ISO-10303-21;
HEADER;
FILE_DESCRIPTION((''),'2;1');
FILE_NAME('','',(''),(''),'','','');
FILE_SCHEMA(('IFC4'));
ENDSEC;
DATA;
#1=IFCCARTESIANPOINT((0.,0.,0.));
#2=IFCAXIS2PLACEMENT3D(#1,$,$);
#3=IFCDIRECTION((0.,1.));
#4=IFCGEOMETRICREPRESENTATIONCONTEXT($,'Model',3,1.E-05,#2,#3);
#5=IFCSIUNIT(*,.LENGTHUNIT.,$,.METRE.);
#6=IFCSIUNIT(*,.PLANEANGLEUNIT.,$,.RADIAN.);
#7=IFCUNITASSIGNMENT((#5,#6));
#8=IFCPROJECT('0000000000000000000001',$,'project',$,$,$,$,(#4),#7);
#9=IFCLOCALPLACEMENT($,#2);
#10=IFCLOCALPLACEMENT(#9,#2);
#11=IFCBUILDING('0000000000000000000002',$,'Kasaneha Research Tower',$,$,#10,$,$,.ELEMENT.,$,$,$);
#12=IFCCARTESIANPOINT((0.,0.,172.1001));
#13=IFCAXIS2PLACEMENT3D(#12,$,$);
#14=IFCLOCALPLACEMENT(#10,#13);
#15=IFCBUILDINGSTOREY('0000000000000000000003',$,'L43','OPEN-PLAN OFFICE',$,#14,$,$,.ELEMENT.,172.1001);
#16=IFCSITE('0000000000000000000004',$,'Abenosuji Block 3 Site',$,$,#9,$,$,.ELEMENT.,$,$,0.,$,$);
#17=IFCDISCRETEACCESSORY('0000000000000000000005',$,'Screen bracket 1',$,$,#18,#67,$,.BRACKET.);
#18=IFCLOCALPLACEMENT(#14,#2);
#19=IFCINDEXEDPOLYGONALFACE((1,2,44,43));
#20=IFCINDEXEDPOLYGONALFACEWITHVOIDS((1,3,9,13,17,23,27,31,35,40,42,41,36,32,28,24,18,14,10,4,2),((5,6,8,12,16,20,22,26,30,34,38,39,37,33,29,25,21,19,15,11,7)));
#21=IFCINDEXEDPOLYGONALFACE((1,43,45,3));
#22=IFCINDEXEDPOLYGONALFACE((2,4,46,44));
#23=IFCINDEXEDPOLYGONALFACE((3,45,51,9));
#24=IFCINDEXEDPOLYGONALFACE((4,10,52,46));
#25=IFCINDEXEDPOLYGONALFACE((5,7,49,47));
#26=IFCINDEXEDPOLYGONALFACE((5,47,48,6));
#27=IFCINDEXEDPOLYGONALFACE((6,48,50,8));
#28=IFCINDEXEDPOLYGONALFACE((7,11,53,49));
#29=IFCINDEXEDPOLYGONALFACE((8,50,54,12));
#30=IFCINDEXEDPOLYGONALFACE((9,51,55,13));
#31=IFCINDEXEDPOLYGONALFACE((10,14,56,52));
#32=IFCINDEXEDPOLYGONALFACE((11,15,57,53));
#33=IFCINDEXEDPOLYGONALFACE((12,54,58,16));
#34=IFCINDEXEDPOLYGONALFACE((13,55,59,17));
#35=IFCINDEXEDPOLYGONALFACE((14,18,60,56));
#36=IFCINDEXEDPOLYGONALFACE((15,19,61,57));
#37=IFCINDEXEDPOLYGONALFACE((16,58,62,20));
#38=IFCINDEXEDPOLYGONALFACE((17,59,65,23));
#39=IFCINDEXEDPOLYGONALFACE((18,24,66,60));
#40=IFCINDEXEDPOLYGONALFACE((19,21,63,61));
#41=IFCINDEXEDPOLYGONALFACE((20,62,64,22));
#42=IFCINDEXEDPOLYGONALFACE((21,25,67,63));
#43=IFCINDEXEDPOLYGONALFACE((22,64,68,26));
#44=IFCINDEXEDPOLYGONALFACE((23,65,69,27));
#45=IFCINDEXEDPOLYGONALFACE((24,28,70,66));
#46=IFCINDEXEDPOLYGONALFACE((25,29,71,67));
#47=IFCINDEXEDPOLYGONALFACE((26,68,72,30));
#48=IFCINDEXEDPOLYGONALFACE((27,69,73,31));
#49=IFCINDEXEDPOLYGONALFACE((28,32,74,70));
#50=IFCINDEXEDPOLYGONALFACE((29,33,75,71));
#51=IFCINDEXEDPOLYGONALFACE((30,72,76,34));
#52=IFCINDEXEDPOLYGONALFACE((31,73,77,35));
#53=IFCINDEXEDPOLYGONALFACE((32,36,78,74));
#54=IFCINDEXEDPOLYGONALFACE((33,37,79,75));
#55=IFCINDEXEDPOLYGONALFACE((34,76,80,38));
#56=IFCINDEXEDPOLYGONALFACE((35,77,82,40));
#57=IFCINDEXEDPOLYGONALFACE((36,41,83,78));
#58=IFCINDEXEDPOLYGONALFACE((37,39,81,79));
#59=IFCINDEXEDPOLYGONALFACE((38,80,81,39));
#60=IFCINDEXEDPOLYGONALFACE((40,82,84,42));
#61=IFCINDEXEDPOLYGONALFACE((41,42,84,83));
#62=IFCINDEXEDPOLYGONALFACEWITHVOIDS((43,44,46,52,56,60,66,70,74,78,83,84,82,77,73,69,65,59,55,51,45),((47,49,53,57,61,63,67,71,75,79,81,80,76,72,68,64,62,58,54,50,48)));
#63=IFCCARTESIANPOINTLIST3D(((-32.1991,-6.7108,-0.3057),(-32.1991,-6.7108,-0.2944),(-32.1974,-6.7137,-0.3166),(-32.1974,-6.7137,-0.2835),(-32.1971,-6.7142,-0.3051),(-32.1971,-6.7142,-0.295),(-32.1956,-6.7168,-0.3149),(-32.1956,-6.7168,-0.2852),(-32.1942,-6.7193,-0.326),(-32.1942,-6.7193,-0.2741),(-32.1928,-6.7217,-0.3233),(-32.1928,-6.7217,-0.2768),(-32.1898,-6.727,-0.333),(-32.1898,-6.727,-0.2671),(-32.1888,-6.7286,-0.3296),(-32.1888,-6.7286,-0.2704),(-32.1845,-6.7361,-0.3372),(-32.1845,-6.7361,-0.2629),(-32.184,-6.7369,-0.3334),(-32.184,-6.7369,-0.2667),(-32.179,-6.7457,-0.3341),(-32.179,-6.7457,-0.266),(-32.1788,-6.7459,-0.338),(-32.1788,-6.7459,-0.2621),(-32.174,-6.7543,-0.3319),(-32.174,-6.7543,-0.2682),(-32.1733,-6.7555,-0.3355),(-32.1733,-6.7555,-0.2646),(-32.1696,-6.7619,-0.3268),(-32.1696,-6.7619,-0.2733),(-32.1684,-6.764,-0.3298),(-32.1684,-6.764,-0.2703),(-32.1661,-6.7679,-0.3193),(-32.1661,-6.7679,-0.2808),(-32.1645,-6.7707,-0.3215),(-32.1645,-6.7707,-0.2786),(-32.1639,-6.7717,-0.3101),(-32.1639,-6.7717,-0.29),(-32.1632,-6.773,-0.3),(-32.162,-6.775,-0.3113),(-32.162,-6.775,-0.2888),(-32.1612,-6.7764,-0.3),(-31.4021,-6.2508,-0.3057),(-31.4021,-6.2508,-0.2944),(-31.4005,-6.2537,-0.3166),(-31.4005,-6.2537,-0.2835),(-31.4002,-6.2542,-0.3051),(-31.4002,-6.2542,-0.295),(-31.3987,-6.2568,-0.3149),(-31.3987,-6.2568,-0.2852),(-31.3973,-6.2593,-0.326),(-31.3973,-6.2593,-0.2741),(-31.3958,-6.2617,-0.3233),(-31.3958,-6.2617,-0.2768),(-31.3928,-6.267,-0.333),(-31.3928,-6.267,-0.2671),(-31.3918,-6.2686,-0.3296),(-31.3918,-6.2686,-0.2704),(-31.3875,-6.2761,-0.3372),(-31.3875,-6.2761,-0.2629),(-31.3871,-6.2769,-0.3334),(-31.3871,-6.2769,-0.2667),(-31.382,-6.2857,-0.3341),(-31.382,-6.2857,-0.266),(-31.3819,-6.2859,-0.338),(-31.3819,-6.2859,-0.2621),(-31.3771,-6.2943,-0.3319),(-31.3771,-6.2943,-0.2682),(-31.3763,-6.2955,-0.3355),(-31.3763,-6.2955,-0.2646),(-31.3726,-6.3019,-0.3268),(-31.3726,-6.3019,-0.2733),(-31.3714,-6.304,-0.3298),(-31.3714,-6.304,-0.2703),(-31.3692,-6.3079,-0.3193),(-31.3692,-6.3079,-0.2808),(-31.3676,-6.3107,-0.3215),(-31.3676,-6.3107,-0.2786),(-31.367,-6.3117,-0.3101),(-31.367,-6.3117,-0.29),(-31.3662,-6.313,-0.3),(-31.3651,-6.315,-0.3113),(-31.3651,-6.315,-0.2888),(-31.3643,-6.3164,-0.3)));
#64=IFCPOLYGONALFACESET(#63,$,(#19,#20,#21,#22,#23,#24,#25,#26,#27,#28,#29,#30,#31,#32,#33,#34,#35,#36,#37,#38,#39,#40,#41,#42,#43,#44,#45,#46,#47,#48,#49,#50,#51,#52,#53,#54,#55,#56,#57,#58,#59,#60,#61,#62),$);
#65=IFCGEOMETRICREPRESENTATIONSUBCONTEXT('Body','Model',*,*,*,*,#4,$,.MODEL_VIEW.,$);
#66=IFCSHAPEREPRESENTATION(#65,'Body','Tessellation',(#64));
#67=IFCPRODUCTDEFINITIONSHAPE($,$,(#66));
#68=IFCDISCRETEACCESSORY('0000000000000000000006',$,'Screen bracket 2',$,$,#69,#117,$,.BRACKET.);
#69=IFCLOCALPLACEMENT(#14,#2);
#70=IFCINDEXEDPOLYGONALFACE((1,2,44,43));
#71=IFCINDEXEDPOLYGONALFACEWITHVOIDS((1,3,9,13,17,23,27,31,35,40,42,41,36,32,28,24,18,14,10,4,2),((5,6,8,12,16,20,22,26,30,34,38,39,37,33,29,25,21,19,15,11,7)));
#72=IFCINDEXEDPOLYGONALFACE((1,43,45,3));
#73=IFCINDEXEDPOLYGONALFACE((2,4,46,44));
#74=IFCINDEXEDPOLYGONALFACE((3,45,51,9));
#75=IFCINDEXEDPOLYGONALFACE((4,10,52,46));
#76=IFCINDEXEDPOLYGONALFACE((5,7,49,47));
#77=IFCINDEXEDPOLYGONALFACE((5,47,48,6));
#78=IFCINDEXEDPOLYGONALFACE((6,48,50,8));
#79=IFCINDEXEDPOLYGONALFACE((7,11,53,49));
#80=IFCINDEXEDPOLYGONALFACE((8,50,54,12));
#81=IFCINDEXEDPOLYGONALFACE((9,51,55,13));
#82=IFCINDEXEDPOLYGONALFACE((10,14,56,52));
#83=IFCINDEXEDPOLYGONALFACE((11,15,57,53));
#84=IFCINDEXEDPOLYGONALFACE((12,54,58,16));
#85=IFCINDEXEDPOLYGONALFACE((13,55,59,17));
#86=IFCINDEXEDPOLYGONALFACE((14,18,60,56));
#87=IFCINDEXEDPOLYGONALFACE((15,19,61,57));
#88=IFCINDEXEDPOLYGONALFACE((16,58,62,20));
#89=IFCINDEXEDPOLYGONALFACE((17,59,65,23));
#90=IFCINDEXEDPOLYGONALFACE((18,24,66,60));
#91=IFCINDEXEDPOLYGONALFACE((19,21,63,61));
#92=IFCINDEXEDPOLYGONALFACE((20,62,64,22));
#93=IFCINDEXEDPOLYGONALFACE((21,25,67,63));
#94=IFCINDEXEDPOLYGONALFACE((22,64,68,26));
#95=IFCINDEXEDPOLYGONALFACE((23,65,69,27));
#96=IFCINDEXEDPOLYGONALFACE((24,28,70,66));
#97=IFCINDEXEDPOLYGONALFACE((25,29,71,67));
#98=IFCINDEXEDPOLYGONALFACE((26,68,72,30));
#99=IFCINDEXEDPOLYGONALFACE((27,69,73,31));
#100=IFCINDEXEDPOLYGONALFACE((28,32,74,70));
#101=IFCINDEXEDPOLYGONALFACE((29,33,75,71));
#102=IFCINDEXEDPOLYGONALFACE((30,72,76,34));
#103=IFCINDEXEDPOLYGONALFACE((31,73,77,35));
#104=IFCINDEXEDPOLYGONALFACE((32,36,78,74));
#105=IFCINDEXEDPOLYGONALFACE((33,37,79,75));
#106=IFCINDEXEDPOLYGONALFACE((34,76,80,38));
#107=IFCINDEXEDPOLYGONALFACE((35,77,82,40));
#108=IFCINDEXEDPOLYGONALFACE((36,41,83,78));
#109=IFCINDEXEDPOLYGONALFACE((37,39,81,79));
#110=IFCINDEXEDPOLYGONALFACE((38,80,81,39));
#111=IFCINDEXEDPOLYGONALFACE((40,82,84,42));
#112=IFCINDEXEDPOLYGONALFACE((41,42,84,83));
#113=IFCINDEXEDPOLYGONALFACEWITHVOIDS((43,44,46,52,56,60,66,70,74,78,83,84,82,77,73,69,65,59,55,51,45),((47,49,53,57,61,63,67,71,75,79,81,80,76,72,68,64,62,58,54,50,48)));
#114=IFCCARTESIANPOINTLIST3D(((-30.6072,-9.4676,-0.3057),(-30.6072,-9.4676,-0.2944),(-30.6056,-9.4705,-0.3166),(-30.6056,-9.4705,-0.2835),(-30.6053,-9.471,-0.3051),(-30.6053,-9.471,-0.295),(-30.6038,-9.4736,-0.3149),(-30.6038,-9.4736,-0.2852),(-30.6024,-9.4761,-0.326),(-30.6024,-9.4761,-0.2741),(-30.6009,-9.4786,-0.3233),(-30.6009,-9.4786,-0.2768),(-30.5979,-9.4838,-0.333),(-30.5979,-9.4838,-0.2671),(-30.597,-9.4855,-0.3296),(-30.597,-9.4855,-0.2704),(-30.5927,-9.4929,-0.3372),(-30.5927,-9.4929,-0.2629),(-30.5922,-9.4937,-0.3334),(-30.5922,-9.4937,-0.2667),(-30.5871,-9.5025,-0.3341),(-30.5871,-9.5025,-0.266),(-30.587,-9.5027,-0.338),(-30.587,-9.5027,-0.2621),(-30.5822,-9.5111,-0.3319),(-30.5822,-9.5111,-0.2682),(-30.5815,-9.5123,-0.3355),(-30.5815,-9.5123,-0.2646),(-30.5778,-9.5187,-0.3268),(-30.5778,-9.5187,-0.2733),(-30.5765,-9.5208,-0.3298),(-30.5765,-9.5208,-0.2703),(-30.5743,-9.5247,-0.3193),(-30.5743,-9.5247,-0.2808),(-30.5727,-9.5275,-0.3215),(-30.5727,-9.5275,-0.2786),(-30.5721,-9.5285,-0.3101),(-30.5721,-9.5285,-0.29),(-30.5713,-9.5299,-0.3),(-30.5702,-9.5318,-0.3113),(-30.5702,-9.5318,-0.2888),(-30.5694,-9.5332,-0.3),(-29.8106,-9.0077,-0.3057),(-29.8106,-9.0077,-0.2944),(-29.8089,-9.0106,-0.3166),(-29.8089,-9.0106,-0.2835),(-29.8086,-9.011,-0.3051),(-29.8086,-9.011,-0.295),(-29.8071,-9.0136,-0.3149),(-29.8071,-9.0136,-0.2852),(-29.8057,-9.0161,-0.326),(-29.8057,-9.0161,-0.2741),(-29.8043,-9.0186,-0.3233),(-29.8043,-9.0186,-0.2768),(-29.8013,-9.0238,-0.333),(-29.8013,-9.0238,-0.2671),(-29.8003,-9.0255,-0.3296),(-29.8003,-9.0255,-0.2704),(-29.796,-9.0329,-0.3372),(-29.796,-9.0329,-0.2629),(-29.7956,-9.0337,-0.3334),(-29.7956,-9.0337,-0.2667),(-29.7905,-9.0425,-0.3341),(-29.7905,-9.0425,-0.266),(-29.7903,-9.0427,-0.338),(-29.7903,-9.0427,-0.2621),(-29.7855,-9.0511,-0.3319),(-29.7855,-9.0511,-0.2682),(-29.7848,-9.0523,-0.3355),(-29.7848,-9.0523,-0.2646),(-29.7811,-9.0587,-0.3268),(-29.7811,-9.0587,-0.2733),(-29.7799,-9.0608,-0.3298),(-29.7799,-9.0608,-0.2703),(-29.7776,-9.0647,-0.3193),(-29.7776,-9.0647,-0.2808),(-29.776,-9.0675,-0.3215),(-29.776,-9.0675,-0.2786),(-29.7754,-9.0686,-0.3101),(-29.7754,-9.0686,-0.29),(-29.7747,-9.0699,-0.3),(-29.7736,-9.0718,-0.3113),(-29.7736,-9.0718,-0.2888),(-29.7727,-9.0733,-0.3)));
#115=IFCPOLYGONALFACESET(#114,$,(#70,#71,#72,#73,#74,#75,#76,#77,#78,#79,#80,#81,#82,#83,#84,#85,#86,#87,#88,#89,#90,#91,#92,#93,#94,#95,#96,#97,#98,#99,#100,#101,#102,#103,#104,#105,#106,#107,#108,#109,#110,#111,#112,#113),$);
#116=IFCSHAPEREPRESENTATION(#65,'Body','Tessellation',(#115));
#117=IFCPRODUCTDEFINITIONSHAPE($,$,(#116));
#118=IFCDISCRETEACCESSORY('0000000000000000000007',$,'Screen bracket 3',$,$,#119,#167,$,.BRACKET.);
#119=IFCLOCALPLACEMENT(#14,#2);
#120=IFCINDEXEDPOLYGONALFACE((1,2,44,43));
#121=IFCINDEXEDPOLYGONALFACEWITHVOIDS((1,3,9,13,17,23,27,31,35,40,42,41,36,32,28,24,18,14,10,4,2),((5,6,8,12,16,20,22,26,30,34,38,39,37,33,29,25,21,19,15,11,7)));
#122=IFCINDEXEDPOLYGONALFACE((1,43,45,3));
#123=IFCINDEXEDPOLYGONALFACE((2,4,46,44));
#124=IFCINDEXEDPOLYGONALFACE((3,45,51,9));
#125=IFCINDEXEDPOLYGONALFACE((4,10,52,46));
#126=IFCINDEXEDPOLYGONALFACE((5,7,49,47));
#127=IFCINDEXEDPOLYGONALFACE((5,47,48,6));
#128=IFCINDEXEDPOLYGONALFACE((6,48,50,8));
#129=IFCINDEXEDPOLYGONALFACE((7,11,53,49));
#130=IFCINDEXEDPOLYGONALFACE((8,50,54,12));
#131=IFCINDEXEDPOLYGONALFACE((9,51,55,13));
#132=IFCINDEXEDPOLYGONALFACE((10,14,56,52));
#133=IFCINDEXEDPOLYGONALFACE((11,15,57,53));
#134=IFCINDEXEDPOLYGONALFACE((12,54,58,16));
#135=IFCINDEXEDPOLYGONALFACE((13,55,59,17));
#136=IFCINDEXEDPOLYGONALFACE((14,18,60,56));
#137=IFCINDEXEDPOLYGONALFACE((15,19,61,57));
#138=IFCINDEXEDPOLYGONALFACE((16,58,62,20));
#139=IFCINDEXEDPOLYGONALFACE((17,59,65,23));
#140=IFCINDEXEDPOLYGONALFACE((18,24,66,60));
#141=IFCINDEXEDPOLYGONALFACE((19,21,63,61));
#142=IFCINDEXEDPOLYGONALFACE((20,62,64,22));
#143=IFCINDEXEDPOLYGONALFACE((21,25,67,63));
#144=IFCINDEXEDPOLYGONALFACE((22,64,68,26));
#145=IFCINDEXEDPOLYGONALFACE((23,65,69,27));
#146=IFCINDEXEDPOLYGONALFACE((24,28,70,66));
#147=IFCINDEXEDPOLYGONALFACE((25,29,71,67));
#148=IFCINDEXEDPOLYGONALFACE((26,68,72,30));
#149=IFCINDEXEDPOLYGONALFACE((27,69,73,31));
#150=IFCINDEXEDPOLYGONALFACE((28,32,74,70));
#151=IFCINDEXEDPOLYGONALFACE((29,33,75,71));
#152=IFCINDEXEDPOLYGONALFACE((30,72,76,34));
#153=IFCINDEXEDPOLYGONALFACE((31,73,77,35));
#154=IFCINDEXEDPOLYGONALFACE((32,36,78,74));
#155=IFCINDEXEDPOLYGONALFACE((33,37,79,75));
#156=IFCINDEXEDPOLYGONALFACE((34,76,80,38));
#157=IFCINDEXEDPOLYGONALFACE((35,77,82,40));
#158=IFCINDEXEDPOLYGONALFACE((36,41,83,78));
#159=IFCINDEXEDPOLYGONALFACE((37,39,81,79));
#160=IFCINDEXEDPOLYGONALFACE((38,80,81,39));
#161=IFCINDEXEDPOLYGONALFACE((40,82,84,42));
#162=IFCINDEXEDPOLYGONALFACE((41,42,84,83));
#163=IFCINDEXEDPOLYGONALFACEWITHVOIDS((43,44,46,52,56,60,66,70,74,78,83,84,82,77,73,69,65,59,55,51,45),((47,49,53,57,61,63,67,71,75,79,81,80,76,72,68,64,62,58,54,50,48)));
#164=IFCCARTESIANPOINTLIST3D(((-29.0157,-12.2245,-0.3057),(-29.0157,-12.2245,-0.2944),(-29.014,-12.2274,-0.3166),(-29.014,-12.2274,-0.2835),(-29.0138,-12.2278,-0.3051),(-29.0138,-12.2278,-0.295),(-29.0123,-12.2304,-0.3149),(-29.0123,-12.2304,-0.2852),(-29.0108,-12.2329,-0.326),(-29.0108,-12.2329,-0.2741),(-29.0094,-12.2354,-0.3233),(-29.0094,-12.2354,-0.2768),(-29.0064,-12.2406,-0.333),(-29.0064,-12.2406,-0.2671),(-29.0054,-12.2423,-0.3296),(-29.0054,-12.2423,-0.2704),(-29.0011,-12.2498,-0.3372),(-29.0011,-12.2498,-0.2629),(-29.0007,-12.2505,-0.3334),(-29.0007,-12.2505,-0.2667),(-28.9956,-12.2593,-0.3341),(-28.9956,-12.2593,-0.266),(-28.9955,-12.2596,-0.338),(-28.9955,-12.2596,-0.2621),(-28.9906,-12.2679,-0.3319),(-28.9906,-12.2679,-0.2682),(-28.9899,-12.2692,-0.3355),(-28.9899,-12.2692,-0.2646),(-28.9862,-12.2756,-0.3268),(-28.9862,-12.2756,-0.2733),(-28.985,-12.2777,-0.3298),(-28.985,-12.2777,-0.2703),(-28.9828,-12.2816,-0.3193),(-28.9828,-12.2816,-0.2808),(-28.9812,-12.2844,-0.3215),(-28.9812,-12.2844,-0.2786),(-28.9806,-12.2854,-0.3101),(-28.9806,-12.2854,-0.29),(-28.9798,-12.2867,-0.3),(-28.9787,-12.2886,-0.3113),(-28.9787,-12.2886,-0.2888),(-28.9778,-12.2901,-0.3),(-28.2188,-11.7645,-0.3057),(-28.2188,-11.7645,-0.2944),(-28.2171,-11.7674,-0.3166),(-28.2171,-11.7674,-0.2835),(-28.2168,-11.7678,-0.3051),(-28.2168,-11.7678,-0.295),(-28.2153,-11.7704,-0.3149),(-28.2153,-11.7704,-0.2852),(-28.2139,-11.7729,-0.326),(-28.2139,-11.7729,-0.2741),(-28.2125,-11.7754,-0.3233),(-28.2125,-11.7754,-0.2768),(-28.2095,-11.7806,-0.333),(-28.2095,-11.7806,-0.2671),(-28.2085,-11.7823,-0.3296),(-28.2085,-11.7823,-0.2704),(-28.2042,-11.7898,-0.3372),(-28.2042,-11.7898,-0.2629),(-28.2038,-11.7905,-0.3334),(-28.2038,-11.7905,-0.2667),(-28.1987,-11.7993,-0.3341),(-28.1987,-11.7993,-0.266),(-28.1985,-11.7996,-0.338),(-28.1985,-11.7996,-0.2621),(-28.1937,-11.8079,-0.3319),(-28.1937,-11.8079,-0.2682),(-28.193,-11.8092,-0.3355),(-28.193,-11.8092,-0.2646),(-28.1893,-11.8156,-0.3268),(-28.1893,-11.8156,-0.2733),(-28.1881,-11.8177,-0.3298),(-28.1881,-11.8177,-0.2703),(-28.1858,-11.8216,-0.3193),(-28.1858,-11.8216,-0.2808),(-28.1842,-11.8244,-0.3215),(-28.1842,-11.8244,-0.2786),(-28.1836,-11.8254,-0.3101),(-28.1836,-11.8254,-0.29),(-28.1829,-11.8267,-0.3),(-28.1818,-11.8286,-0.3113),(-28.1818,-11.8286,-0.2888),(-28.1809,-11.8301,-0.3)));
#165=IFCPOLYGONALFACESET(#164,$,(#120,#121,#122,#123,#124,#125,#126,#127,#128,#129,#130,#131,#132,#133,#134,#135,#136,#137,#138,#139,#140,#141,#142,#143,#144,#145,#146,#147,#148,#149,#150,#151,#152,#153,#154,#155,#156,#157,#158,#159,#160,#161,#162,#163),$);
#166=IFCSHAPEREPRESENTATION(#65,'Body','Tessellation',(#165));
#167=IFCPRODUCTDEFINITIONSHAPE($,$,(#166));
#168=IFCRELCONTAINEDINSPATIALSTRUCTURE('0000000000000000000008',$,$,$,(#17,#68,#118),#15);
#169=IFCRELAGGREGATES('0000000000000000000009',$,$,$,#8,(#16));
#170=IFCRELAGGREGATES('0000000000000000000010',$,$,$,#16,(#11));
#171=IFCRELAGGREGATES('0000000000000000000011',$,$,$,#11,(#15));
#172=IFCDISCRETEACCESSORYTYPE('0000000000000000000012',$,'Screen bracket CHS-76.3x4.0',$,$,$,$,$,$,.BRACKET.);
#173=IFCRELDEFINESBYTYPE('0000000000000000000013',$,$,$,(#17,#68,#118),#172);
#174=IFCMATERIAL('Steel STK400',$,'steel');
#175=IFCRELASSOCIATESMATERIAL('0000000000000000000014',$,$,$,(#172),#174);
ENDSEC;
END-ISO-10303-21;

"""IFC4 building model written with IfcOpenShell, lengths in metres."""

from ifc_helpers import new_model, si_unit, direction, frame, origin, origin_2d, place, context, subcontext, project, spatial, hollow_circle, extrude, material, material_profile, profile_set, type_object, element, save


model = new_model("IFC4")

# Units and contexts
model_context = context("Model", 3, precision=1e-05, world=origin(), true_north=direction((0.0, 1.0)))
body_context = subcontext(model_context, "Body", "Model", "MODEL_VIEW")
ifc_project = project(units=[si_unit("LENGTHUNIT", "METRE"), si_unit("PLANEANGLEUNIT", "RADIAN")], contexts=[model_context])

# Site, building, storey
site_placement = place(None, origin())
site = spatial("IfcSite", under=ifc_project, at=site_placement, Name="Abenosuji Block 3 Site", CompositionType="ELEMENT", RefElevation=0.0)
building_placement = place(site_placement, origin())
building = spatial("IfcBuilding", under=site, at=building_placement, Name="Kasaneha Research Tower", CompositionType="ELEMENT")
storey_placement = place(building_placement, frame((0.0, 0.0, 172.1001)))
storey = spatial("IfcBuildingStorey", under=building, at=storey_placement, Name="L43", Description="OPEN-PLAN OFFICE", CompositionType="ELEMENT", Elevation=172.1001)

# Discrete accessories
ifc_material_1 = material(Name="Steel STK400", Category="steel")
ifc_material_profile_1 = material_profile(ifc_material_1, hollow_circle(Radius=0.0381, WallThickness=0.0039, at=origin_2d()), Name="CHS-76.3x4.0")
ifc_profile_set_1 = profile_set([ifc_material_profile_1], Name="Steel STK400")
discrete_accessory_type = type_object("IfcDiscreteAccessoryType", Name="Screen bracket CHS-76.3x4.0", PredefinedType="BRACKET", material=ifc_profile_set_1)
discrete_accessory_1_placement = place(storey_placement, frame((-31.3833, -6.2834, -0.3), z_axis=(-0.86608, -0.499906, 0.0), x_axis=(0.499906, -0.86608, 0.0)))
element("IfcDiscreteAccessory", 1, at=discrete_accessory_1_placement, inside=storey, type_object=discrete_accessory_type, Name="Screen bracket 1", PredefinedType="BRACKET", context=body_context, shape_type="SweptSolid", body=[
    extrude(hollow_circle(Radius=0.0381, WallThickness=0.0039, at=origin_2d()), origin(), (0.0, 0.0, 1.0), 0.9202),
])
discrete_accessory_2_placement = place(storey_placement, frame((-29.7917, -9.0403, -0.3), z_axis=(-0.866013, -0.500021, 0.0), x_axis=(0.500021, -0.866013, 0.0)))
element("IfcDiscreteAccessory", 2, at=discrete_accessory_2_placement, inside=storey, type_object=discrete_accessory_type, Name="Screen bracket 2", PredefinedType="BRACKET", context=body_context, shape_type="SweptSolid", body=[
    extrude(hollow_circle(Radius=0.0381, WallThickness=0.0039, at=origin_2d()), origin(), (0.0, 0.0, 1.0), 0.9199),
])
discrete_accessory_3_placement = place(storey_placement, frame((-28.2, -11.7971, -0.3), z_axis=(-0.86608, -0.499906, 0.0), x_axis=(0.499906, -0.86608, 0.0)))
element("IfcDiscreteAccessory", 3, at=discrete_accessory_3_placement, inside=storey, type_object=discrete_accessory_type, Name="Screen bracket 3", PredefinedType="BRACKET", context=body_context, shape_type="SweptSolid", body=[
    extrude(hollow_circle(Radius=0.0381, WallThickness=0.0039, at=origin_2d()), origin(), (0.0, 0.0, 1.0), 0.9202),
])

save(model, "model.ifc")
